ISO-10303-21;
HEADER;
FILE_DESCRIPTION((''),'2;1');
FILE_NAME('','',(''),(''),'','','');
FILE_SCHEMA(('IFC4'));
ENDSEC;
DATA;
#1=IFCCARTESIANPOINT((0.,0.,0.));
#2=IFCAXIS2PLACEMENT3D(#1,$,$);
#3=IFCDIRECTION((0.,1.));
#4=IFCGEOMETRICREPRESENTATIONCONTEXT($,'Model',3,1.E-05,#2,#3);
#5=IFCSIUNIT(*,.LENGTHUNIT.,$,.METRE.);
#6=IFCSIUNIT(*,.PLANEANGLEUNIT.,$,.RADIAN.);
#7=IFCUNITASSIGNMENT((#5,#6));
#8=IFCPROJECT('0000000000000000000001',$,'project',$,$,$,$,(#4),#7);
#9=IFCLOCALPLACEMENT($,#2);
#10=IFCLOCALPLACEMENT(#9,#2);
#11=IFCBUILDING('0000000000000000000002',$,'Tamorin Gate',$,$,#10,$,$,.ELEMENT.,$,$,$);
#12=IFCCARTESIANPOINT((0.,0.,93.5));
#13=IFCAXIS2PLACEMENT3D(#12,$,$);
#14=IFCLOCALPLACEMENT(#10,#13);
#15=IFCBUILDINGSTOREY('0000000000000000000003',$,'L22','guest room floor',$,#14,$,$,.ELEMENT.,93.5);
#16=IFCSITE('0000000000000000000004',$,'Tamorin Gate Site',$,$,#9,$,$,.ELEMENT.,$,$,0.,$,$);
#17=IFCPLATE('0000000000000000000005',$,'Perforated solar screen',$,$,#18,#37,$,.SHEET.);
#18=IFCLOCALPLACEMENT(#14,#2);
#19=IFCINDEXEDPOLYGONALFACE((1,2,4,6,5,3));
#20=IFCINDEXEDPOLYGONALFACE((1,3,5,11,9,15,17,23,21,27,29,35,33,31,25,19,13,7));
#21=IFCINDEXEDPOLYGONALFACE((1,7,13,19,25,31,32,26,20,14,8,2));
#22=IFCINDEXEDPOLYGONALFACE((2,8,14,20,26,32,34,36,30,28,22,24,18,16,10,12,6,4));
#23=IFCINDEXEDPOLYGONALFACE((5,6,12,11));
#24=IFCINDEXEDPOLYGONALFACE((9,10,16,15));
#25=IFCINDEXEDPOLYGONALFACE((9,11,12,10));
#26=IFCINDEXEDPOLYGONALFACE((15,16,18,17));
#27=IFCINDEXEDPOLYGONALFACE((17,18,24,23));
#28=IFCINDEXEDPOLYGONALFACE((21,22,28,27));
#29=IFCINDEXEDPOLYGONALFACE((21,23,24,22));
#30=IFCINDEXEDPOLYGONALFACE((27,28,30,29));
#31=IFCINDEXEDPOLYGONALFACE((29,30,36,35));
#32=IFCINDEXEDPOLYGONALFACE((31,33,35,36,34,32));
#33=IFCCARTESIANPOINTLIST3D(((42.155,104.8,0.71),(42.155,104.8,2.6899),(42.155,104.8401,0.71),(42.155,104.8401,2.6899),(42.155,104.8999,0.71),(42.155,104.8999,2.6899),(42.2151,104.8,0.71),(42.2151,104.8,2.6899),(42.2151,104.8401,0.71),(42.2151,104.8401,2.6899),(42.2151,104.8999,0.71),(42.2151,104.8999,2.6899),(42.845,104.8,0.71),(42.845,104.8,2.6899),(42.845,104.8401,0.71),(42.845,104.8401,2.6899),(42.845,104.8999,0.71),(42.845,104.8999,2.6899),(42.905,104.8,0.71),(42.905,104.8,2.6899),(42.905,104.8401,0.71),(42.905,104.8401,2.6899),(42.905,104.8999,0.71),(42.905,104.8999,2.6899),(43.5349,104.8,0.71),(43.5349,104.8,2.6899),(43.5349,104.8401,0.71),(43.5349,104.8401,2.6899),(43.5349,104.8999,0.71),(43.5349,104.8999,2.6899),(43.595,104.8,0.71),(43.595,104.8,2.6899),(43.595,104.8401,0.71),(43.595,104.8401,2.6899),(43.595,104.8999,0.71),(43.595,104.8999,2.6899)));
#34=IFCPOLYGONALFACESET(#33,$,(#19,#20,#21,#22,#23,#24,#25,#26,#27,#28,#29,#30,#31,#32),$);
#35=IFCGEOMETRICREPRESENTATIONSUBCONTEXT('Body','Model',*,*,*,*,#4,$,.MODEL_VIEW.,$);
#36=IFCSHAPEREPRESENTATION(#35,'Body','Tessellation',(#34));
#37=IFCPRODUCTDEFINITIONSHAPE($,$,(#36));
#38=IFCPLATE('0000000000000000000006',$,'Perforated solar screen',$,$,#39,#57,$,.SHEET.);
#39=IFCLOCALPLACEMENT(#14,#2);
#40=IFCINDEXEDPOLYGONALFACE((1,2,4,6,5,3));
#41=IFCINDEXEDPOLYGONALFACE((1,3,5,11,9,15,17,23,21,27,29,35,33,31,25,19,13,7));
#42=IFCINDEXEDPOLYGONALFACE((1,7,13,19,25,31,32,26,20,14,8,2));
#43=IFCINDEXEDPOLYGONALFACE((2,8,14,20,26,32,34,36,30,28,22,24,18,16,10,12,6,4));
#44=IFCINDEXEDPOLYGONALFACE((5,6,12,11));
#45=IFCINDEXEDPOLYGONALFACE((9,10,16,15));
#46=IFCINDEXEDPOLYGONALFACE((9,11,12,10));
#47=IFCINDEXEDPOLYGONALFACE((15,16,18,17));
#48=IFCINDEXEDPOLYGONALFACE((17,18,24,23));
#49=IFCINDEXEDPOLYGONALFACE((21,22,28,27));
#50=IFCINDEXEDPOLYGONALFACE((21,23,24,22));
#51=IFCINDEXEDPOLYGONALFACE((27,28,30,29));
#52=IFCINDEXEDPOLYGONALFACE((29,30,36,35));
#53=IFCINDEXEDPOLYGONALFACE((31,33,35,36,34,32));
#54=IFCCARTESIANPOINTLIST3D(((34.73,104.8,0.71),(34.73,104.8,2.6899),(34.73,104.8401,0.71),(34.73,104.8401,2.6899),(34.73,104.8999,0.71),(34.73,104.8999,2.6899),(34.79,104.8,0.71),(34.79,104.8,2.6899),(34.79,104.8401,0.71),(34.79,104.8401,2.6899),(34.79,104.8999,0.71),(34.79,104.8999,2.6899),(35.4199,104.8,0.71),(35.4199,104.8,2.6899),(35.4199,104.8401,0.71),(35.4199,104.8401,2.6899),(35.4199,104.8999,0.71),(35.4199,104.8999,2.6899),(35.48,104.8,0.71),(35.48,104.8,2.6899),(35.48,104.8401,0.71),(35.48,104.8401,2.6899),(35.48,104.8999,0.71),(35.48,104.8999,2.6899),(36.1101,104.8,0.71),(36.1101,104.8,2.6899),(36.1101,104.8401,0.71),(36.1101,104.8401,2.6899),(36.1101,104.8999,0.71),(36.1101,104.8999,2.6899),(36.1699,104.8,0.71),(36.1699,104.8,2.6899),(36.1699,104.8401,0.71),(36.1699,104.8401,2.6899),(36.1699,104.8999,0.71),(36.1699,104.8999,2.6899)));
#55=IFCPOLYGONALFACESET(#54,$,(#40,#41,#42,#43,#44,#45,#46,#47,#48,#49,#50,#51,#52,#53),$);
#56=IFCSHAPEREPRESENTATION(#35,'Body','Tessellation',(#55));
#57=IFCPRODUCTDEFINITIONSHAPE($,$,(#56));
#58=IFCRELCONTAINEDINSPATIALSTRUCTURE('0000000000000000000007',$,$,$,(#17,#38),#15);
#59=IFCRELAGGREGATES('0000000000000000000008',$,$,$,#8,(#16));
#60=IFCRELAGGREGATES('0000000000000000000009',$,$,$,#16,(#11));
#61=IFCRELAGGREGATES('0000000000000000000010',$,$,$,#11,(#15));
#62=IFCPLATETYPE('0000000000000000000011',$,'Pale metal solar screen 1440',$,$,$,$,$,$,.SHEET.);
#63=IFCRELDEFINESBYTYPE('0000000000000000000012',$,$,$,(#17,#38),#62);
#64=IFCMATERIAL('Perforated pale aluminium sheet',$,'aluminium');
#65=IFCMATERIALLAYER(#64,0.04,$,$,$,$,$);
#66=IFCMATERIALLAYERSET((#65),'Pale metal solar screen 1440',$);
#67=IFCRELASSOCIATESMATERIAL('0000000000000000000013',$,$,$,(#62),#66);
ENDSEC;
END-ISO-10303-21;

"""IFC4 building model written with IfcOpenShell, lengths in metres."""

from ifc_helpers import new_model, si_unit, direction, frame, origin, place, context, subcontext, project, spatial, polyline, outline, extrude, material, layer, layer_set, type_object, element, save


model = new_model("IFC4")

# Units and contexts
model_context = context("Model", 3, precision=1e-05, world=origin(), true_north=direction((0.0, 1.0)))
body_context = subcontext(model_context, "Body", "Model", "MODEL_VIEW")
ifc_project = project(units=[si_unit("LENGTHUNIT", "METRE"), si_unit("PLANEANGLEUNIT", "RADIAN")], contexts=[model_context])

# Site, building, storey
site_placement = place(None, origin())
site = spatial("IfcSite", under=ifc_project, at=site_placement, Name="Tamorin Gate Site", CompositionType="ELEMENT", RefElevation=0.0)
building_placement = place(site_placement, origin())
building = spatial("IfcBuilding", under=site, at=building_placement, Name="Tamorin Gate", CompositionType="ELEMENT")
storey_placement = place(building_placement, frame((0.0, 0.0, 93.5)))
storey = spatial("IfcBuildingStorey", under=building, at=storey_placement, Name="L22", Description="guest room floor", CompositionType="ELEMENT", Elevation=93.5)

# Plates
ifc_material = material(Name="Perforated pale aluminium sheet", Category="aluminium")
ifc_layer = layer(ifc_material, 0.04)
ifc_layer_set = layer_set([ifc_layer], Name="Pale metal solar screen 1440")
plate_type = type_object("IfcPlateType", Name="Pale metal solar screen 1440", PredefinedType="SHEET", material=ifc_layer_set)
plate_1_placement = place(storey_placement, frame((0.0, 0.0, 0.71)))
element("IfcPlate", 1, at=plate_1_placement, inside=storey, type_object=plate_type, Name="Perforated solar screen", PredefinedType="SHEET", context=body_context, shape_type="SweptSolid", body=[
    extrude(outline(polyline([(43.595, 104.8401), (43.595, 104.8), (43.5349, 104.8), (42.905, 104.8), (42.845, 104.8), (42.2151, 104.8), (42.155, 104.8), (42.155, 104.8401), (42.155, 104.8999), (42.2151, 104.8999), (42.2151, 104.8401), (42.845, 104.8401), (42.845, 104.8999), (42.905, 104.8999), (42.905, 104.8401), (43.5349, 104.8401), (43.5349, 104.8999), (43.595, 104.8999), (43.595, 104.8401)])), origin(), (0.0, 0.0, 1.0), 1.98),
])
plate_2_placement = place(storey_placement, frame((0.0, 0.0, 0.71)))
element("IfcPlate", 2, at=plate_2_placement, inside=storey, type_object=plate_type, Name="Perforated solar screen", PredefinedType="SHEET", context=body_context, shape_type="SweptSolid", body=[
    extrude(outline(polyline([(36.1699, 104.8401), (36.1699, 104.8), (36.1101, 104.8), (35.48, 104.8), (35.4199, 104.8), (34.79, 104.8), (34.73, 104.8), (34.73, 104.8401), (34.73, 104.8999), (34.79, 104.8999), (34.79, 104.8401), (35.4199, 104.8401), (35.4199, 104.8999), (35.48, 104.8999), (35.48, 104.8401), (36.1101, 104.8401), (36.1101, 104.8999), (36.1699, 104.8999), (36.1699, 104.8401)])), origin(), (0.0, 0.0, 1.0), 1.98),
])

save(model, "model.ifc")
